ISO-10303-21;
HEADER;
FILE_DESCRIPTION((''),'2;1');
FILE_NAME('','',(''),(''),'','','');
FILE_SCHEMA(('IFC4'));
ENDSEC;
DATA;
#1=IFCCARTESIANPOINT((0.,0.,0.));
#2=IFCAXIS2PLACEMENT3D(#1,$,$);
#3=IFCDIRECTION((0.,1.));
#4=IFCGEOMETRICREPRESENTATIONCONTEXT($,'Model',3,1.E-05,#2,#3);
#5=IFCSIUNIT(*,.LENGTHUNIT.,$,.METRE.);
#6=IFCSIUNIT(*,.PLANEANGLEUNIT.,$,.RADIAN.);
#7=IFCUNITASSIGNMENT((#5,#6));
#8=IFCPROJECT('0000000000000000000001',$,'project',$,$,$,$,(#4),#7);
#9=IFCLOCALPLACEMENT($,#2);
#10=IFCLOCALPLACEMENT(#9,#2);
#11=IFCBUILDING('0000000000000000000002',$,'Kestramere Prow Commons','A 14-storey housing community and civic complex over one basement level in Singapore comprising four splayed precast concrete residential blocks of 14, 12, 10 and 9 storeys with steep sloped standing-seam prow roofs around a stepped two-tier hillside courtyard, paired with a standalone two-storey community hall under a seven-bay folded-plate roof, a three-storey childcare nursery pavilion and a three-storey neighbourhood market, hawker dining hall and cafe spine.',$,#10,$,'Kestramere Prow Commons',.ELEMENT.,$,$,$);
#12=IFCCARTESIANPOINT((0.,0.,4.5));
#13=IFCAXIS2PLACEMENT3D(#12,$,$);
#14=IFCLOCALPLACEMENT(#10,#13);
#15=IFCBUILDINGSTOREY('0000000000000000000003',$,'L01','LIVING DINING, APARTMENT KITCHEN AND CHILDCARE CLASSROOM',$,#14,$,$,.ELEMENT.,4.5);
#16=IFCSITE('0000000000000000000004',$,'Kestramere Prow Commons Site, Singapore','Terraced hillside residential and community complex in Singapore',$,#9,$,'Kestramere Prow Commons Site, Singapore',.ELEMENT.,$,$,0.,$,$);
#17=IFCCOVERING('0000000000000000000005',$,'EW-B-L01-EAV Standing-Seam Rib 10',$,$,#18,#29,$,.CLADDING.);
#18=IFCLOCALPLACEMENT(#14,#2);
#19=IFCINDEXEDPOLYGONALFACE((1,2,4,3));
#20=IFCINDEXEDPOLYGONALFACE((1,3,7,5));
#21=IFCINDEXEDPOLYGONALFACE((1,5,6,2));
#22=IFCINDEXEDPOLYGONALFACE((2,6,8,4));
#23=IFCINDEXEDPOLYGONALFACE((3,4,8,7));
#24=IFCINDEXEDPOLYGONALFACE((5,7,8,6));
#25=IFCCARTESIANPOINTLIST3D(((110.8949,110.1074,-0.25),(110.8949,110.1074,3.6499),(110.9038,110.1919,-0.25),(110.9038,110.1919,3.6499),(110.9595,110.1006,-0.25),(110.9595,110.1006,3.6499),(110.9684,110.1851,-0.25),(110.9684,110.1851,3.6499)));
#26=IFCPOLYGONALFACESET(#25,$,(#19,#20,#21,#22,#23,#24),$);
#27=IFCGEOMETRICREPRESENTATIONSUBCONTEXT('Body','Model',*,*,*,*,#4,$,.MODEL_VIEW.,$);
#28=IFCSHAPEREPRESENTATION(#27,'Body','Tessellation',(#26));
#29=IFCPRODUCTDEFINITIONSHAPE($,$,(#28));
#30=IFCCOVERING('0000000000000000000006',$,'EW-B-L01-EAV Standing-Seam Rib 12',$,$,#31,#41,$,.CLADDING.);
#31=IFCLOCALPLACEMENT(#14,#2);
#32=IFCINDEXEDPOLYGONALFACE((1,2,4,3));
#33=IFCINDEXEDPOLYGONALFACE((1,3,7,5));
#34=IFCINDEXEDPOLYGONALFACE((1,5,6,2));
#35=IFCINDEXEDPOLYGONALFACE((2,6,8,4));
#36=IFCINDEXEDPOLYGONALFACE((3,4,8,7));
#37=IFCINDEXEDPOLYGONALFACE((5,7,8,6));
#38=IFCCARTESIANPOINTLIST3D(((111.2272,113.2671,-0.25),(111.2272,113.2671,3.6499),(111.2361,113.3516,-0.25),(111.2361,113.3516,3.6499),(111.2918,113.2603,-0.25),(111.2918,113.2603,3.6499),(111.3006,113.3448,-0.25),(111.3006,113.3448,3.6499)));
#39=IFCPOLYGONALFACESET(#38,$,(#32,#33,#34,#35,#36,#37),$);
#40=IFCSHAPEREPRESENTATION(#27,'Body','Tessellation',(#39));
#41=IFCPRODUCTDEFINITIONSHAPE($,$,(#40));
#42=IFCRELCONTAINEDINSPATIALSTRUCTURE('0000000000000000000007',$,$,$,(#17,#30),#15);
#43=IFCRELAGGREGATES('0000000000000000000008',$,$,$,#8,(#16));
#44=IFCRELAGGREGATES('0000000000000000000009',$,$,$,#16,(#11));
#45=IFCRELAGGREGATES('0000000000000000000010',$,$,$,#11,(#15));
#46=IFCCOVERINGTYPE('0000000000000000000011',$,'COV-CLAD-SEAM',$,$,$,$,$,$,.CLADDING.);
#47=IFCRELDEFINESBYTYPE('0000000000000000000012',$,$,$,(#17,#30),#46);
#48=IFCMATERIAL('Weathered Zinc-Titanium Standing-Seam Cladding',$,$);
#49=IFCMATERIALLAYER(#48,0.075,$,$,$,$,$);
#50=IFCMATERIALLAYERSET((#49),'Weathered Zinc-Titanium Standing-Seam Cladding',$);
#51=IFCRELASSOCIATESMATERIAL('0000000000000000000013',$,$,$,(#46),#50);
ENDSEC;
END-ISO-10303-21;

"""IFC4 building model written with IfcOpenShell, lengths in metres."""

from ifc_helpers import new_model, si_unit, direction, frame, origin, origin_2d, place, context, subcontext, project, spatial, rectangle, extrude, material, layer, layer_set, type_object, element, save


model = new_model("IFC4")

# Units and contexts
model_context = context("Model", 3, precision=1e-05, world=origin(), true_north=direction((0.0, 1.0)))
body_context = subcontext(model_context, "Body", "Model", "MODEL_VIEW")
ifc_project = project(units=[si_unit("LENGTHUNIT", "METRE"), si_unit("PLANEANGLEUNIT", "RADIAN")], contexts=[model_context])

# Site, building, storey
site_placement = place(None, origin())
site = spatial("IfcSite", under=ifc_project, at=site_placement, Name="Kestramere Prow Commons Site, Singapore", Description="Terraced hillside residential and community complex in Singapore", LongName="Kestramere Prow Commons Site, Singapore", CompositionType="ELEMENT", RefElevation=0.0)
building_placement = place(site_placement, origin())
building = spatial("IfcBuilding", under=site, at=building_placement, Name="Kestramere Prow Commons", Description="A 14-storey housing community and civic complex over one basement level in Singapore comprising four splayed precast concrete residential blocks of 14, 12, 10 and 9 storeys with steep sloped standing-seam prow roofs around a stepped two-tier hillside courtyard, paired with a standalone two-storey community hall under a seven-bay folded-plate roof, a three-storey childcare nursery pavilion and a three-storey neighbourhood market, hawker dining hall and cafe spine.", LongName="Kestramere Prow Commons", CompositionType="ELEMENT")
storey_placement = place(building_placement, frame((0.0, 0.0, 4.5)))
storey = spatial("IfcBuildingStorey", under=building, at=storey_placement, Name="L01", Description="LIVING DINING, APARTMENT KITCHEN AND CHILDCARE CLASSROOM", CompositionType="ELEMENT", Elevation=4.5)

# Coverings
ifc_material_1 = material(Name="Weathered Zinc-Titanium Standing-Seam Cladding")
ifc_layer_1 = layer(ifc_material_1, 0.075)
ifc_layer_set_1 = layer_set([ifc_layer_1], Name="Weathered Zinc-Titanium Standing-Seam Cladding")
covering_type = type_object("IfcCoveringType", Name="COV-CLAD-SEAM", PredefinedType="CLADDING", material=ifc_layer_set_1)
for number, where, z_axis, x_axis, name in (
    (1, (110.9316, 110.1462, -0.25), (0.0, 0.0, 1.0), (0.104528, 0.994522, 0.0), "EW-B-L01-EAV Standing-Seam Rib 10"),
    (2, (111.2639, 113.3059, -0.25), (0.0, 0.0, 1.0), (0.104528, 0.994522, 0.0), "EW-B-L01-EAV Standing-Seam Rib 12"),
):
    element("IfcCovering", number, at=place(storey_placement, frame(where, z_axis=z_axis, x_axis=x_axis)), inside=storey, type_object=covering_type, Name=name, PredefinedType="CLADDING", context=body_context, shape_type="SweptSolid", body=[
        extrude(rectangle(XDim=0.085, YDim=0.0649, at=origin_2d()), origin(), (0.0, 0.0, 1.0), 3.8999),
    ])

save(model, "model.ifc")
